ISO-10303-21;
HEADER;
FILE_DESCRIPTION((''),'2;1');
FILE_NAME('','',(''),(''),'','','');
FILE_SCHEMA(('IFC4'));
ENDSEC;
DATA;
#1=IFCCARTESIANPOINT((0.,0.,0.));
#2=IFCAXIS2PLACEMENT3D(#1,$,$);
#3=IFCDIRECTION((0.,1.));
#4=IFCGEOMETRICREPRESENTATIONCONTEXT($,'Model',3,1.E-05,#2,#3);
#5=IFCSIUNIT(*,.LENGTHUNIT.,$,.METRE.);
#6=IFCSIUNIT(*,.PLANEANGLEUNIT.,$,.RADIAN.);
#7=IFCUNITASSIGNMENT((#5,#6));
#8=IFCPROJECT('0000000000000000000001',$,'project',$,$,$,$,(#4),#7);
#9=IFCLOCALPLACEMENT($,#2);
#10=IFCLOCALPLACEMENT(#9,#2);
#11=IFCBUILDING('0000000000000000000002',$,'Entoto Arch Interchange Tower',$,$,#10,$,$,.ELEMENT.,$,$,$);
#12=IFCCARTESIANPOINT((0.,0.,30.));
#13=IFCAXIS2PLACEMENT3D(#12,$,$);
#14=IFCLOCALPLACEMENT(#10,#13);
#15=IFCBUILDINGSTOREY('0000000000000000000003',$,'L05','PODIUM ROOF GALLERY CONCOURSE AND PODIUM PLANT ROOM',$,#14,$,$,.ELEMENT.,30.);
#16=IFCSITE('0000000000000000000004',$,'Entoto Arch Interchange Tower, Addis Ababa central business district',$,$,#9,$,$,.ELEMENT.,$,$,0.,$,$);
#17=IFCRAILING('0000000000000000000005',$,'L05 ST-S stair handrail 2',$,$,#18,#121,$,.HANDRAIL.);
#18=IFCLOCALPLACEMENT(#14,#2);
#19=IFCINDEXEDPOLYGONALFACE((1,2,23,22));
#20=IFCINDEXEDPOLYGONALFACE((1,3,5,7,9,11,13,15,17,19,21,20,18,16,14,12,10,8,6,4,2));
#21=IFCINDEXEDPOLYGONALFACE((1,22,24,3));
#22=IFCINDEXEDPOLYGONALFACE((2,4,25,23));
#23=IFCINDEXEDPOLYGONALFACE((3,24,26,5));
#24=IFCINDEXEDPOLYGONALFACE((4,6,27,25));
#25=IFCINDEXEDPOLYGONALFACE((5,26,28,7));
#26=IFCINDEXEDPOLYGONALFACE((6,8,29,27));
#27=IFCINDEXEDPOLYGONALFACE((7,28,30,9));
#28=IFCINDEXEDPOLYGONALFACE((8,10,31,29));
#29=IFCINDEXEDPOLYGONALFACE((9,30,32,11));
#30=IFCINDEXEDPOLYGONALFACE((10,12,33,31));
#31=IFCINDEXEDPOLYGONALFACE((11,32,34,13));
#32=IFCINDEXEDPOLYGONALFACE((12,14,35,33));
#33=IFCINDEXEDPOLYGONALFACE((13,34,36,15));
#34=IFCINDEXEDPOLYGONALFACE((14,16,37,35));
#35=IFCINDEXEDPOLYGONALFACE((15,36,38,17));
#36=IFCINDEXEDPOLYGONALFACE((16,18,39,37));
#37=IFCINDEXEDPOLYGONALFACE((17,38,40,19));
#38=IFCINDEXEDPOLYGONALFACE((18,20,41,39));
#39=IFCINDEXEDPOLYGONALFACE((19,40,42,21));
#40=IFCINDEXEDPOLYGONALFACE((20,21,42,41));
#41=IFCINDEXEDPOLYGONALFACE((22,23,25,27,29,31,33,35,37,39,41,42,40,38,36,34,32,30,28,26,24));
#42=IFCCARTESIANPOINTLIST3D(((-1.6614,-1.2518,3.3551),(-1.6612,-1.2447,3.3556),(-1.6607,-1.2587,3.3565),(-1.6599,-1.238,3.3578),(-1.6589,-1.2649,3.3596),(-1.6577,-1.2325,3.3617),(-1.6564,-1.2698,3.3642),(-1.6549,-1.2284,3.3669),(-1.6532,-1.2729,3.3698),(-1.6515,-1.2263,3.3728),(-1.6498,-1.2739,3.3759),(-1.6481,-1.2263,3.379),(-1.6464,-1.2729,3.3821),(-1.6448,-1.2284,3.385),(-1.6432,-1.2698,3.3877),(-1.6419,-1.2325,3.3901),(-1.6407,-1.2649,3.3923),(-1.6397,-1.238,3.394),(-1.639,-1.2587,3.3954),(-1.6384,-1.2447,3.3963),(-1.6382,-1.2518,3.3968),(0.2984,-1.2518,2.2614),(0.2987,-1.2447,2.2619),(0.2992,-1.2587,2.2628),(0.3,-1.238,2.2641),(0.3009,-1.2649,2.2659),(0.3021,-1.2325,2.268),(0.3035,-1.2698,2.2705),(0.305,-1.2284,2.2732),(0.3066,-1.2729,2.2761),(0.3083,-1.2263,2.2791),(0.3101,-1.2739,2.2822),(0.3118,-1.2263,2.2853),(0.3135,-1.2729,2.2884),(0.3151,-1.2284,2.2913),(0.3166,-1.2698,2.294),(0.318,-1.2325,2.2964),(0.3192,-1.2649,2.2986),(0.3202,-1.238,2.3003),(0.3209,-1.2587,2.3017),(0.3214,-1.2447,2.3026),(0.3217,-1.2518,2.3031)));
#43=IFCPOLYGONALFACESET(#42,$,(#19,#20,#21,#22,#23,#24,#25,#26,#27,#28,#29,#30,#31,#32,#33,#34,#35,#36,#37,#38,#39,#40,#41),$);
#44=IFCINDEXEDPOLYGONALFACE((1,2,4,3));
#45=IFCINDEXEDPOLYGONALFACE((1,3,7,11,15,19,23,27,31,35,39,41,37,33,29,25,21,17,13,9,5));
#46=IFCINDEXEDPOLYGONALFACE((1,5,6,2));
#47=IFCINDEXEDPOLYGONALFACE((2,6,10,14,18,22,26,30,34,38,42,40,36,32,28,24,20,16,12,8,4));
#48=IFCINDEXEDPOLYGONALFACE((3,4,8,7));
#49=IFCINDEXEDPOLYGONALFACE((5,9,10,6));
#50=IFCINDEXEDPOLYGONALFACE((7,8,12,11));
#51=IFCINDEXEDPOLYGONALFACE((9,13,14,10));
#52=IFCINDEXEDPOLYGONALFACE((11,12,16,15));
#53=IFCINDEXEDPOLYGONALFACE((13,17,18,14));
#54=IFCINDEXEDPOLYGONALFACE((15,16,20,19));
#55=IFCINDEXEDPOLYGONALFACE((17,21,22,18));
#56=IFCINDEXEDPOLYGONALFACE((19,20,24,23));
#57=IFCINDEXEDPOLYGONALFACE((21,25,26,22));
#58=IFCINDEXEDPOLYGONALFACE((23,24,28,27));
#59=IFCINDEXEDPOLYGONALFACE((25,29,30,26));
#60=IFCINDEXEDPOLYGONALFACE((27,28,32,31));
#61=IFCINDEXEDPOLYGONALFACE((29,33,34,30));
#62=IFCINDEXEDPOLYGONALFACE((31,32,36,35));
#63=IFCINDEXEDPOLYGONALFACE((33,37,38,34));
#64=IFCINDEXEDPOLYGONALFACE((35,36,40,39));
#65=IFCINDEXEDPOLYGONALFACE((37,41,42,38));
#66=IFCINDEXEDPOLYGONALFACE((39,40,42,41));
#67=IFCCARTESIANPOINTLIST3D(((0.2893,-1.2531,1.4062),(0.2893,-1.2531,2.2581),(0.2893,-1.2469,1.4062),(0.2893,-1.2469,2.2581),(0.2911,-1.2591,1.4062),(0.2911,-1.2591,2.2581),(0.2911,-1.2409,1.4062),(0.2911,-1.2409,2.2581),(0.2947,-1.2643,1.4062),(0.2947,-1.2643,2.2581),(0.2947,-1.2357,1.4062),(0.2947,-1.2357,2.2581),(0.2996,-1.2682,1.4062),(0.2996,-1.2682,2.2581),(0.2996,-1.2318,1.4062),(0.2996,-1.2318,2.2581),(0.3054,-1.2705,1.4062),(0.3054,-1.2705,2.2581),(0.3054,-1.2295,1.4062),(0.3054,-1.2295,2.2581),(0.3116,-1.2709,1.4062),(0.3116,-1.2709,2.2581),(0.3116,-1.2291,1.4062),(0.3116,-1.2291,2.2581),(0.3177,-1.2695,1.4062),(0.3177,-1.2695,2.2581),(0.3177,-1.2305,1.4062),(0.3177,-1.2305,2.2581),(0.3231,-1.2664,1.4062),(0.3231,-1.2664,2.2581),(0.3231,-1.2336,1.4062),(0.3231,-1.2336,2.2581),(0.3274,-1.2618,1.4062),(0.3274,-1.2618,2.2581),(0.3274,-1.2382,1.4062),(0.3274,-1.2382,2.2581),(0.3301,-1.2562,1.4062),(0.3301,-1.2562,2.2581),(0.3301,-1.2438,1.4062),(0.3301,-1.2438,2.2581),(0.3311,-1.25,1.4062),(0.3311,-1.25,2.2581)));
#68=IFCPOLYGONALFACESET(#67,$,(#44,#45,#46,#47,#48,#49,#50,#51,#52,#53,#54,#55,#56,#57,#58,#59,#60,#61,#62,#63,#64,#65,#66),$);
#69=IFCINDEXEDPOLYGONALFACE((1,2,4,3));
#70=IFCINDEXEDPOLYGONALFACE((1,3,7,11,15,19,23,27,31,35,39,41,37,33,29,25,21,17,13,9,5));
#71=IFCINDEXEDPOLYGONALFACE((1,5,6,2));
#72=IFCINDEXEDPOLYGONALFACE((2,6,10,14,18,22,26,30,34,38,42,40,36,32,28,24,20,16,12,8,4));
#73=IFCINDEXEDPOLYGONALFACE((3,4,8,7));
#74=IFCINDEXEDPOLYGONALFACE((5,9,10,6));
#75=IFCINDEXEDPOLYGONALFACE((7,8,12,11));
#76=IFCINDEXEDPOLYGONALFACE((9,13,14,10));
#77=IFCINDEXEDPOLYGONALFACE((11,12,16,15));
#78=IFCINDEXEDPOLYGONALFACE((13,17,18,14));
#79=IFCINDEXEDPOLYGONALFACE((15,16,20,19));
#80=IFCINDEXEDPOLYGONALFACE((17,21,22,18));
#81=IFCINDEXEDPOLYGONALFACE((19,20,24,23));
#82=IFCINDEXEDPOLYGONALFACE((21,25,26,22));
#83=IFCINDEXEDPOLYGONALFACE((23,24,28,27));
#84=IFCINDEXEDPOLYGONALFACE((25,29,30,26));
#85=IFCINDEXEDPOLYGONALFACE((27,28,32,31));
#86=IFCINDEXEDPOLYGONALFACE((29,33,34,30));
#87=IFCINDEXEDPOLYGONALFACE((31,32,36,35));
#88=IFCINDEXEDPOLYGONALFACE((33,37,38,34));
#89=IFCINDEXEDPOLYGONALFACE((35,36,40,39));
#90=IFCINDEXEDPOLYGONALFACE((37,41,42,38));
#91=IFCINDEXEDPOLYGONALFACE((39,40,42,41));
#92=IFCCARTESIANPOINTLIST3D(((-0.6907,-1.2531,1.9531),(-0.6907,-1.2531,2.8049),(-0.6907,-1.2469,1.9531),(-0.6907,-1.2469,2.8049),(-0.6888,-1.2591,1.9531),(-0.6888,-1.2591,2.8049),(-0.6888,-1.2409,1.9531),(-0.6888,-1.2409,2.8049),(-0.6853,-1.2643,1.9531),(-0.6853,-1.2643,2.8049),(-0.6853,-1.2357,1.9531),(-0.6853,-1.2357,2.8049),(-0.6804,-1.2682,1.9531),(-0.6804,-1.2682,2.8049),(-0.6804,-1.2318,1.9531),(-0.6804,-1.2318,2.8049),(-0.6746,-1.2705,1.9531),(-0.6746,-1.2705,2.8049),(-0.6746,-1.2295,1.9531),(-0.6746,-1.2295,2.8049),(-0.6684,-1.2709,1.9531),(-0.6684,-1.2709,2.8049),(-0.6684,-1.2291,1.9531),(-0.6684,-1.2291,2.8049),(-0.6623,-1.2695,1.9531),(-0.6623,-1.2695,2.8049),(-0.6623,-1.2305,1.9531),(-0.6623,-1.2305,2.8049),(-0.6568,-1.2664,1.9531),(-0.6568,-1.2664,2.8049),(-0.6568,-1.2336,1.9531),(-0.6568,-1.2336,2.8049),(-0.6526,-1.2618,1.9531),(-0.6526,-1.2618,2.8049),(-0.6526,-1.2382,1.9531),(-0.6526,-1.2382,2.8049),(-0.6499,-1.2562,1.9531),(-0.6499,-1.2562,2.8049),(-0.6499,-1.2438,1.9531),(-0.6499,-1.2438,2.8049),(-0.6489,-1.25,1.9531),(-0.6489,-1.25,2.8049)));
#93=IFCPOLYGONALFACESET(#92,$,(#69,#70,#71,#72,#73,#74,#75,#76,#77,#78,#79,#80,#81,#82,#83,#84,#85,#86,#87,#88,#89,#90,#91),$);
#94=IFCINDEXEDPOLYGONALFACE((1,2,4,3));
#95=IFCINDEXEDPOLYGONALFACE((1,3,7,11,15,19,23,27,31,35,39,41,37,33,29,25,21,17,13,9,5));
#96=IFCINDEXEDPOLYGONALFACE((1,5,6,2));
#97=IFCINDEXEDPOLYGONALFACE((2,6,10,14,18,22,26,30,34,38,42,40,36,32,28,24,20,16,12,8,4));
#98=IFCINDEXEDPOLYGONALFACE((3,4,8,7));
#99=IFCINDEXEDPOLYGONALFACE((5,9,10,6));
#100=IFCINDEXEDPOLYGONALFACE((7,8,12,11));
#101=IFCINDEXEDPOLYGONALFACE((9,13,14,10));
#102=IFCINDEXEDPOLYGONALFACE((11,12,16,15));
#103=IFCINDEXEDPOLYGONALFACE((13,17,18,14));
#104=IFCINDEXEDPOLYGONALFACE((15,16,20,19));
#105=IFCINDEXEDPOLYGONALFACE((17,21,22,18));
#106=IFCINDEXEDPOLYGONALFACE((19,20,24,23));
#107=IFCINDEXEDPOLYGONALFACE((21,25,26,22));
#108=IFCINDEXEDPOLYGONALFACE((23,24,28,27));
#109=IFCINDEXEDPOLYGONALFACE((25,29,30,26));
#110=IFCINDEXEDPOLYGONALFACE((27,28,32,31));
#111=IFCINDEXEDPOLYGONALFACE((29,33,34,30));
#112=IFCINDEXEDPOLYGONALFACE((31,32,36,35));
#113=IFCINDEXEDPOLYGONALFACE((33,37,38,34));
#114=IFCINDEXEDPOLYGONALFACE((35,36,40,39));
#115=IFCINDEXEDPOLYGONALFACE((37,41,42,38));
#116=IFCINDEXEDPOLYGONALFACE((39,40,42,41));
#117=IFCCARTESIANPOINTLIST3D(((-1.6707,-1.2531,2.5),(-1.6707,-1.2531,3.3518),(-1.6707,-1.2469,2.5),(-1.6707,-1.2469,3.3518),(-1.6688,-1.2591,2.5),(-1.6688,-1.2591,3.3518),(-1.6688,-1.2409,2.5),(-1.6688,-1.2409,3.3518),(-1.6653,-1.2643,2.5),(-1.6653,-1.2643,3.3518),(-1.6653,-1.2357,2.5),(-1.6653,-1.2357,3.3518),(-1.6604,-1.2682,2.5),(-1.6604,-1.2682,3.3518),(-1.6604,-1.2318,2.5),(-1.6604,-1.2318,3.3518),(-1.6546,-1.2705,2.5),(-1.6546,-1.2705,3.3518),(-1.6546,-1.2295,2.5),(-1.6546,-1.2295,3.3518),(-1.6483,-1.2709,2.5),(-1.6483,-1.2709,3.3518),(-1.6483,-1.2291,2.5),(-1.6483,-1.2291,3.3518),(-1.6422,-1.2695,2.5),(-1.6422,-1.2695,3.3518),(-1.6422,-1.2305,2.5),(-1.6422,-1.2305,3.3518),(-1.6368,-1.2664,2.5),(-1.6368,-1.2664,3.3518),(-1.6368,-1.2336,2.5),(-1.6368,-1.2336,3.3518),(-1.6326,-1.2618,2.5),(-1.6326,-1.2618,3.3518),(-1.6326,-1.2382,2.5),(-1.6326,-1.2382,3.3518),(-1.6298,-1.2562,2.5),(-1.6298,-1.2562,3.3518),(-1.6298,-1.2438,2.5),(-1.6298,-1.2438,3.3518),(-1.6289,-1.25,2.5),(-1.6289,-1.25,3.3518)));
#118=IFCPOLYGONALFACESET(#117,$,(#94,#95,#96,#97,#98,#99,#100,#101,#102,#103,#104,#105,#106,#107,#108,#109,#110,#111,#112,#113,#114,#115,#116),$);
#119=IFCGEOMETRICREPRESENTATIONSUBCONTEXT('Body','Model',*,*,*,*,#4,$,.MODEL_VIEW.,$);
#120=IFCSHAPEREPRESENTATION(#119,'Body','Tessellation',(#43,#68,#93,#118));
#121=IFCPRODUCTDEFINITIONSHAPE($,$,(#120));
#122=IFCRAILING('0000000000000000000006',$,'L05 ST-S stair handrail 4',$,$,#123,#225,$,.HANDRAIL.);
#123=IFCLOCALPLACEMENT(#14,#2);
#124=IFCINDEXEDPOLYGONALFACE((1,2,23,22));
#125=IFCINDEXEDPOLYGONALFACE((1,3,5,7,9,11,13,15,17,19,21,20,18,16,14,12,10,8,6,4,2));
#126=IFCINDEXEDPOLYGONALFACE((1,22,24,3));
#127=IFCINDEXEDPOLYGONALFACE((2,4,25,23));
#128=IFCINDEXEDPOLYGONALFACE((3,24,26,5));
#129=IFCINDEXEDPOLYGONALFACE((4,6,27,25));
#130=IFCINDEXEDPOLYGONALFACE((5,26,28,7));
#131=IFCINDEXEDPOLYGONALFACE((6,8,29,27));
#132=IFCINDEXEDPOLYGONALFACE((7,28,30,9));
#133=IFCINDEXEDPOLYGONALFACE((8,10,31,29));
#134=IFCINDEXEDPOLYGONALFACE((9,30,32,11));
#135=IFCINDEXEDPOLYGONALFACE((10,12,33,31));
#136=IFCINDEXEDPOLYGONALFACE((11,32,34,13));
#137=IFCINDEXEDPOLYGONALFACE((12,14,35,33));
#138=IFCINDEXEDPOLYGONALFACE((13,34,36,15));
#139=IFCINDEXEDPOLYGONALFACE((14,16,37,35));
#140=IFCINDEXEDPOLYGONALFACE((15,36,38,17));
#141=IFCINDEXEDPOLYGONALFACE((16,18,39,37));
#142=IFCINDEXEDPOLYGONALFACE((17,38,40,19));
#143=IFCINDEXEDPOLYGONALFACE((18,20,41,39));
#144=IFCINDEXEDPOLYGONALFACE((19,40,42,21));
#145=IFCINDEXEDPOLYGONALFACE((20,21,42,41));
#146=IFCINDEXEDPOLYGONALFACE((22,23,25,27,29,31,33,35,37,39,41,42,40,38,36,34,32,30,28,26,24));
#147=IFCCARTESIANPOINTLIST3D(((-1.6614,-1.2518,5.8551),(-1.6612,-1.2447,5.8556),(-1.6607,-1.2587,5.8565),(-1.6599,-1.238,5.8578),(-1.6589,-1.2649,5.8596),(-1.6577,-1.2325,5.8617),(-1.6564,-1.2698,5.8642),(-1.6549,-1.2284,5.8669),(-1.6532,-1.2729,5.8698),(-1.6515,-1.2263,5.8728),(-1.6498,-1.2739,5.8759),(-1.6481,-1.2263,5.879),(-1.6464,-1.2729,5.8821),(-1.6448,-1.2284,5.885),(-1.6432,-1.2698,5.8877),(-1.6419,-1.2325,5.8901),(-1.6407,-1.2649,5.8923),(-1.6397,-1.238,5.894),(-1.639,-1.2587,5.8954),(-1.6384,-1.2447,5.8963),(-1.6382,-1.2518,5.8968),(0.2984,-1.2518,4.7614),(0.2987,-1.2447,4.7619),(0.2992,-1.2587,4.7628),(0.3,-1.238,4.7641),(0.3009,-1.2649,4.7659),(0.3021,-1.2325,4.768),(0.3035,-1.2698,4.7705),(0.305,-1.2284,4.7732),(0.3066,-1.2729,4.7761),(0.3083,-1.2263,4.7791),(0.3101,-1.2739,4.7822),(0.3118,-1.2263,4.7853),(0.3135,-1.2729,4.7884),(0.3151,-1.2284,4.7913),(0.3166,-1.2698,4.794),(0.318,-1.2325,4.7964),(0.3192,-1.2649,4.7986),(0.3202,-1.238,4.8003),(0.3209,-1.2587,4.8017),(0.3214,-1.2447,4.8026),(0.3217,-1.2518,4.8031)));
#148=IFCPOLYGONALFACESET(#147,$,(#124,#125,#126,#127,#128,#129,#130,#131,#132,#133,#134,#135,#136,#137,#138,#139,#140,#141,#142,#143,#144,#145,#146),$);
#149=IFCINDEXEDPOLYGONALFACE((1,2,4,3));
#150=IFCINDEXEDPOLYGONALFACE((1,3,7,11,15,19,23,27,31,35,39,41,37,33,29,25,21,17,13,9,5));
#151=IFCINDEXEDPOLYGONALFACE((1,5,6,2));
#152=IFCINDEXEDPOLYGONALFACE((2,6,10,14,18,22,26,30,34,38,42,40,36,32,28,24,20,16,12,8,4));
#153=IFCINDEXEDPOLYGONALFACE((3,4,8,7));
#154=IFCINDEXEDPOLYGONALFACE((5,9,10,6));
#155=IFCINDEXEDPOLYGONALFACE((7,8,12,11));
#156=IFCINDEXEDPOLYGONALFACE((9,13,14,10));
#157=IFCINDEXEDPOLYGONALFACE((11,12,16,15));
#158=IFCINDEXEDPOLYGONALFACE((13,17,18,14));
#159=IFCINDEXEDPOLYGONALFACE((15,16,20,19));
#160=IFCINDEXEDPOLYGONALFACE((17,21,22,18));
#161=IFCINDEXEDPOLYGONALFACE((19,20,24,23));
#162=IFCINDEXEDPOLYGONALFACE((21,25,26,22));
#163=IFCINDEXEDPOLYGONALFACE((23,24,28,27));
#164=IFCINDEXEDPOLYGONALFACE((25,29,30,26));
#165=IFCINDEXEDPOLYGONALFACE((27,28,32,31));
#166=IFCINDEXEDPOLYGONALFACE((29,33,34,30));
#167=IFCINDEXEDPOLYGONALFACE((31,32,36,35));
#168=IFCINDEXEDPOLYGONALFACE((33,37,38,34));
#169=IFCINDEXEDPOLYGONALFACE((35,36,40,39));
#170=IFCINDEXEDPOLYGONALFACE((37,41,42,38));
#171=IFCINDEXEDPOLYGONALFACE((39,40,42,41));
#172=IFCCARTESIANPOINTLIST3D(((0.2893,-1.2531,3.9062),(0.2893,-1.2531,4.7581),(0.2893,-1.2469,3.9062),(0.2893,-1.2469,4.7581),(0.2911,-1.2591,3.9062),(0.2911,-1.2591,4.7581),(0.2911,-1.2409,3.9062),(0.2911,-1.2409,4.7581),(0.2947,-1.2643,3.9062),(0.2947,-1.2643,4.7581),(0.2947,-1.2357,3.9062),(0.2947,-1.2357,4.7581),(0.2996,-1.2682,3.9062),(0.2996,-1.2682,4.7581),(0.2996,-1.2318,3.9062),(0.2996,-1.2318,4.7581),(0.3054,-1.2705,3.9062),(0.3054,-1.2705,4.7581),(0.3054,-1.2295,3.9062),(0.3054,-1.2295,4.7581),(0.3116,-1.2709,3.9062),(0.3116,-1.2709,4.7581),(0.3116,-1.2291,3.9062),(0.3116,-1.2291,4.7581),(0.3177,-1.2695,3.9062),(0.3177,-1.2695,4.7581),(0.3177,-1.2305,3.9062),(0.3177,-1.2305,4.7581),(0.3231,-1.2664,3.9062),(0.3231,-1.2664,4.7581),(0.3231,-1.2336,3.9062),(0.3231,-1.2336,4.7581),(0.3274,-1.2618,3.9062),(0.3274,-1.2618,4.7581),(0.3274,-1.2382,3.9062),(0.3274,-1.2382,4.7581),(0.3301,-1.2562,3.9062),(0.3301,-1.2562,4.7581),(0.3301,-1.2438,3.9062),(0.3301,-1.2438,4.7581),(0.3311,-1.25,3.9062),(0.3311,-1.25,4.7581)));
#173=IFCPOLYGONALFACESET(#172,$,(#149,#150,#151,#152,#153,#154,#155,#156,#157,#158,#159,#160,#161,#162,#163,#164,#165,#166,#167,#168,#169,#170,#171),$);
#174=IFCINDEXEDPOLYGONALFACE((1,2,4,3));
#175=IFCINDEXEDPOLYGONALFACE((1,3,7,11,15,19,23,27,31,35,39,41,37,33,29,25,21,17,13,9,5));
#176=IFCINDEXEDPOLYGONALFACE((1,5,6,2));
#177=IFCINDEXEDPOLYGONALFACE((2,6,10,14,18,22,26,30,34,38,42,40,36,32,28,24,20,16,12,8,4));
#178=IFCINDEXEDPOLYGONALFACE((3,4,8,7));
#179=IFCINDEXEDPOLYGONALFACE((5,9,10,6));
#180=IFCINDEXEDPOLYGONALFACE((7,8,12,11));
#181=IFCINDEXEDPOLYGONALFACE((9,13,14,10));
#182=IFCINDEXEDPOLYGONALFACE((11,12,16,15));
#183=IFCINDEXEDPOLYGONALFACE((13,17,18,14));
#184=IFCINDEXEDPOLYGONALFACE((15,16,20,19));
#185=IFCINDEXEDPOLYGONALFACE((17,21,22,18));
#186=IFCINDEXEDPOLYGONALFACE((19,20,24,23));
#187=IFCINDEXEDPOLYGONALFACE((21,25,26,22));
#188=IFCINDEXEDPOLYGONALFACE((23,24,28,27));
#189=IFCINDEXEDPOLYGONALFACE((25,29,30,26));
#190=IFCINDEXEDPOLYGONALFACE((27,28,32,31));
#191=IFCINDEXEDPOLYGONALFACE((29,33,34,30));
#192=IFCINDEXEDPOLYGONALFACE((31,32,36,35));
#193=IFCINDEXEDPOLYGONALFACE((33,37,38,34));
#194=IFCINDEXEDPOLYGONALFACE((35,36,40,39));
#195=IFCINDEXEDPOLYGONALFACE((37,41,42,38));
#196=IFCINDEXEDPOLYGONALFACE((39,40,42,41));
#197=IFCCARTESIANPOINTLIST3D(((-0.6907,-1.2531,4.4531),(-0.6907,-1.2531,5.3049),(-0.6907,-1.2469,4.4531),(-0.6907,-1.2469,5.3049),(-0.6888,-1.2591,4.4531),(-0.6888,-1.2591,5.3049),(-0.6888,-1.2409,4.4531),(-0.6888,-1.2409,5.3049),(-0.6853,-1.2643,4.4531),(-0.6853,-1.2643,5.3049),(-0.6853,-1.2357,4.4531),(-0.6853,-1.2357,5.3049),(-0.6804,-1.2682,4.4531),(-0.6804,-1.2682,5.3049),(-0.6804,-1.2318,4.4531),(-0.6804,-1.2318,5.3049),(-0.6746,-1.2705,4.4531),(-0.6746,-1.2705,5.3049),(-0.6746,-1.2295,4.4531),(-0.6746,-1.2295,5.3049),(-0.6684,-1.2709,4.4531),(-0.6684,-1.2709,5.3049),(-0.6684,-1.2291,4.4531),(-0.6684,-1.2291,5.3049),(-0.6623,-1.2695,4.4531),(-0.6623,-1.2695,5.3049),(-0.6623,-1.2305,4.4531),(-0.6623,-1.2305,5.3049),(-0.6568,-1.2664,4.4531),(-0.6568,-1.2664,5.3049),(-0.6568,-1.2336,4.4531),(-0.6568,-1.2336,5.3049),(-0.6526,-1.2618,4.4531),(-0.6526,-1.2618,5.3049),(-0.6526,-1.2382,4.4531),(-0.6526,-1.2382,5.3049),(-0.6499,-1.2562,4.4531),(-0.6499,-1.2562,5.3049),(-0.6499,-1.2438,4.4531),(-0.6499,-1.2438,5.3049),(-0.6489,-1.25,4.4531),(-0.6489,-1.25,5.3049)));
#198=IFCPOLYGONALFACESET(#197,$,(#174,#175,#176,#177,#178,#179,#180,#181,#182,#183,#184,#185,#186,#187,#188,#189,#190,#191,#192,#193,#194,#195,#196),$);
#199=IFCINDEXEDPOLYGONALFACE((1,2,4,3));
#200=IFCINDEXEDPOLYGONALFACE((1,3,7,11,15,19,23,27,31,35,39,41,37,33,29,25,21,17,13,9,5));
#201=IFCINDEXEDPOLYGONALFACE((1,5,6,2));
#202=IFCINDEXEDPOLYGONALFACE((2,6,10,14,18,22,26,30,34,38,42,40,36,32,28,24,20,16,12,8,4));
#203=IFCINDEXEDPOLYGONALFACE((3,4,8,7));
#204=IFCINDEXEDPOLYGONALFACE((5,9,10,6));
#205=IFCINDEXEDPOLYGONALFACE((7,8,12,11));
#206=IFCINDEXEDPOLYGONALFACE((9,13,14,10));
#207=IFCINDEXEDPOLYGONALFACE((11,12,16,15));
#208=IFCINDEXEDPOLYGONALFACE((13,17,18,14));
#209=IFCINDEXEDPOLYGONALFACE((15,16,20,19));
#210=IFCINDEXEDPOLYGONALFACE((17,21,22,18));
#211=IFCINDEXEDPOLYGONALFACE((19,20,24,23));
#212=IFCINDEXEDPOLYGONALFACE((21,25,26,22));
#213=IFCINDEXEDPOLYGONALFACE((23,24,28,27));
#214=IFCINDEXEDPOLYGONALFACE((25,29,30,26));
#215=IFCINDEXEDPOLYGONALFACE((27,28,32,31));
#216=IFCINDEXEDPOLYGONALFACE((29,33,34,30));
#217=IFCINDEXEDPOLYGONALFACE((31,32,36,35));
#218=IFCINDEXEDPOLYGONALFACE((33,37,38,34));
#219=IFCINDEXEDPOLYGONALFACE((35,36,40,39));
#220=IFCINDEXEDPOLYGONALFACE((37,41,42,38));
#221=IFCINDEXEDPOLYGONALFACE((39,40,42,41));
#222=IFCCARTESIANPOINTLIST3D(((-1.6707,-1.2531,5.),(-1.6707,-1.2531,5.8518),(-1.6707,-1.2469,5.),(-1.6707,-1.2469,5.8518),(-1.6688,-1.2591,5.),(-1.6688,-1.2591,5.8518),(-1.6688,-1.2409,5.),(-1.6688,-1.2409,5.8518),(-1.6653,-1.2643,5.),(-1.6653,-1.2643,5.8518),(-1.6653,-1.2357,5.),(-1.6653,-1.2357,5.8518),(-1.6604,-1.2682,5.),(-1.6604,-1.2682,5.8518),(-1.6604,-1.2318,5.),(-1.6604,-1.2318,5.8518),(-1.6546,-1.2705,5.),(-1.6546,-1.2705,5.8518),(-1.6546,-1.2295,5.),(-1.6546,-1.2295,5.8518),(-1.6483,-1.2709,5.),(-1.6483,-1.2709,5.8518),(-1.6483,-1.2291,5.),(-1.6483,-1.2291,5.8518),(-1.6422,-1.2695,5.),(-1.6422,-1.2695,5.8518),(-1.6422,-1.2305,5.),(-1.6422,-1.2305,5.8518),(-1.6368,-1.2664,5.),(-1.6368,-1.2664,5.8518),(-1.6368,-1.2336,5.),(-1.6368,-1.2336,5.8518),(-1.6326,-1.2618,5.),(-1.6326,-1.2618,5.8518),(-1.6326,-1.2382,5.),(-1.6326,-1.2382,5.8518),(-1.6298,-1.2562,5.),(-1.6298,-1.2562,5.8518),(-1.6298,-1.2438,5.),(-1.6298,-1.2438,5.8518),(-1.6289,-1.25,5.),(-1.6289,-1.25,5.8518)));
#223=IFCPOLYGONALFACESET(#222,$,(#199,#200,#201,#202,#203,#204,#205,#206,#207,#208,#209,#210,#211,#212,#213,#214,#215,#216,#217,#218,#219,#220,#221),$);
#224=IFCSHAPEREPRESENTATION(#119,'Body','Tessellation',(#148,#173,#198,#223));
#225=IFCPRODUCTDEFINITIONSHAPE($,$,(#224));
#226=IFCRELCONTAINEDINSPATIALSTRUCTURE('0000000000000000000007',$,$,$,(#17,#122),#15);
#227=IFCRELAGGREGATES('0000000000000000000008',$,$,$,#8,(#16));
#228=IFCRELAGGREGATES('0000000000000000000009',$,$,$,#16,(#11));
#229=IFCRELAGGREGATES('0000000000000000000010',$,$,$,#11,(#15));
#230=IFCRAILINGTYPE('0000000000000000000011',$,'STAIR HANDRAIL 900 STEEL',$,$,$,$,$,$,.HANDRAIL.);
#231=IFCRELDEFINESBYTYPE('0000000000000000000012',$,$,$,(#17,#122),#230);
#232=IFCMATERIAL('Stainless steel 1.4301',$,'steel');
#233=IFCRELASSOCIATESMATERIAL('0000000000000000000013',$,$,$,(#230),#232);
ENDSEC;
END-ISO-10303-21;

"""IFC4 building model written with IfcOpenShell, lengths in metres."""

from ifc_helpers import new_model, si_unit, direction, frame, origin, origin_2d, place, context, subcontext, project, spatial, circle, extrude, material, type_object, element, save


model = new_model("IFC4")

# Units and contexts
model_context = context("Model", 3, precision=1e-05, world=origin(), true_north=direction((0.0, 1.0)))
body_context = subcontext(model_context, "Body", "Model", "MODEL_VIEW")
ifc_project = project(units=[si_unit("LENGTHUNIT", "METRE"), si_unit("PLANEANGLEUNIT", "RADIAN")], contexts=[model_context])

# Site, building, storey
site_placement = place(None, origin())
site = spatial("IfcSite", under=ifc_project, at=site_placement, Name="Entoto Arch Interchange Tower, Addis Ababa central business district", CompositionType="ELEMENT", RefElevation=0.0)
building_placement = place(site_placement, origin())
building = spatial("IfcBuilding", under=site, at=building_placement, Name="Entoto Arch Interchange Tower", CompositionType="ELEMENT")
storey_placement = place(building_placement, frame((0.0, 0.0, 30.0)))
storey = spatial("IfcBuildingStorey", under=building, at=storey_placement, Name="L05", Description="PODIUM ROOF GALLERY CONCOURSE AND PODIUM PLANT ROOM", CompositionType="ELEMENT", Elevation=30.0)

# Railings
ifc_material_1 = material(Name="Stainless steel 1.4301", Category="steel")
railing_type_1 = type_object("IfcRailingType", Name="STAIR HANDRAIL 900 STEEL", PredefinedType="HANDRAIL", material=ifc_material_1)
for number, where, name in (
    (1, (0.3101, -1.25, 1.4062), "L05 ST-S stair handrail 2"),
    (2, (0.3101, -1.25, 3.9062), "L05 ST-S stair handrail 4"),
):
    element("IfcRailing", number, at=place(storey_placement, frame(where)), inside=storey, type_object=railing_type_1, Name=name, PredefinedType="HANDRAIL", context=body_context, shape_type="SweptSolid", body=[
        extrude(circle(Radius=0.0239, at=origin_2d()), frame((0.0, 0.0, 0.876), z_axis=(-0.873232, 0.0, 0.487304), x_axis=(0.0, -1.0, 0.0)), (0.0, 0.0, 1.0), 2.2444),
        extrude(circle(Radius=0.021, at=origin_2d()), origin(), (0.0, 0.0, 1.0), 0.8518),
        extrude(circle(Radius=0.021, at=origin_2d()), frame((-0.98, 0.0, 0.5469)), (0.0, 0.0, 1.0), 0.8518),
        extrude(circle(Radius=0.021, at=origin_2d()), frame((-1.96, 0.0, 1.0938)), (0.0, 0.0, 1.0), 0.8518),
    ])

save(model, "model.ifc")
